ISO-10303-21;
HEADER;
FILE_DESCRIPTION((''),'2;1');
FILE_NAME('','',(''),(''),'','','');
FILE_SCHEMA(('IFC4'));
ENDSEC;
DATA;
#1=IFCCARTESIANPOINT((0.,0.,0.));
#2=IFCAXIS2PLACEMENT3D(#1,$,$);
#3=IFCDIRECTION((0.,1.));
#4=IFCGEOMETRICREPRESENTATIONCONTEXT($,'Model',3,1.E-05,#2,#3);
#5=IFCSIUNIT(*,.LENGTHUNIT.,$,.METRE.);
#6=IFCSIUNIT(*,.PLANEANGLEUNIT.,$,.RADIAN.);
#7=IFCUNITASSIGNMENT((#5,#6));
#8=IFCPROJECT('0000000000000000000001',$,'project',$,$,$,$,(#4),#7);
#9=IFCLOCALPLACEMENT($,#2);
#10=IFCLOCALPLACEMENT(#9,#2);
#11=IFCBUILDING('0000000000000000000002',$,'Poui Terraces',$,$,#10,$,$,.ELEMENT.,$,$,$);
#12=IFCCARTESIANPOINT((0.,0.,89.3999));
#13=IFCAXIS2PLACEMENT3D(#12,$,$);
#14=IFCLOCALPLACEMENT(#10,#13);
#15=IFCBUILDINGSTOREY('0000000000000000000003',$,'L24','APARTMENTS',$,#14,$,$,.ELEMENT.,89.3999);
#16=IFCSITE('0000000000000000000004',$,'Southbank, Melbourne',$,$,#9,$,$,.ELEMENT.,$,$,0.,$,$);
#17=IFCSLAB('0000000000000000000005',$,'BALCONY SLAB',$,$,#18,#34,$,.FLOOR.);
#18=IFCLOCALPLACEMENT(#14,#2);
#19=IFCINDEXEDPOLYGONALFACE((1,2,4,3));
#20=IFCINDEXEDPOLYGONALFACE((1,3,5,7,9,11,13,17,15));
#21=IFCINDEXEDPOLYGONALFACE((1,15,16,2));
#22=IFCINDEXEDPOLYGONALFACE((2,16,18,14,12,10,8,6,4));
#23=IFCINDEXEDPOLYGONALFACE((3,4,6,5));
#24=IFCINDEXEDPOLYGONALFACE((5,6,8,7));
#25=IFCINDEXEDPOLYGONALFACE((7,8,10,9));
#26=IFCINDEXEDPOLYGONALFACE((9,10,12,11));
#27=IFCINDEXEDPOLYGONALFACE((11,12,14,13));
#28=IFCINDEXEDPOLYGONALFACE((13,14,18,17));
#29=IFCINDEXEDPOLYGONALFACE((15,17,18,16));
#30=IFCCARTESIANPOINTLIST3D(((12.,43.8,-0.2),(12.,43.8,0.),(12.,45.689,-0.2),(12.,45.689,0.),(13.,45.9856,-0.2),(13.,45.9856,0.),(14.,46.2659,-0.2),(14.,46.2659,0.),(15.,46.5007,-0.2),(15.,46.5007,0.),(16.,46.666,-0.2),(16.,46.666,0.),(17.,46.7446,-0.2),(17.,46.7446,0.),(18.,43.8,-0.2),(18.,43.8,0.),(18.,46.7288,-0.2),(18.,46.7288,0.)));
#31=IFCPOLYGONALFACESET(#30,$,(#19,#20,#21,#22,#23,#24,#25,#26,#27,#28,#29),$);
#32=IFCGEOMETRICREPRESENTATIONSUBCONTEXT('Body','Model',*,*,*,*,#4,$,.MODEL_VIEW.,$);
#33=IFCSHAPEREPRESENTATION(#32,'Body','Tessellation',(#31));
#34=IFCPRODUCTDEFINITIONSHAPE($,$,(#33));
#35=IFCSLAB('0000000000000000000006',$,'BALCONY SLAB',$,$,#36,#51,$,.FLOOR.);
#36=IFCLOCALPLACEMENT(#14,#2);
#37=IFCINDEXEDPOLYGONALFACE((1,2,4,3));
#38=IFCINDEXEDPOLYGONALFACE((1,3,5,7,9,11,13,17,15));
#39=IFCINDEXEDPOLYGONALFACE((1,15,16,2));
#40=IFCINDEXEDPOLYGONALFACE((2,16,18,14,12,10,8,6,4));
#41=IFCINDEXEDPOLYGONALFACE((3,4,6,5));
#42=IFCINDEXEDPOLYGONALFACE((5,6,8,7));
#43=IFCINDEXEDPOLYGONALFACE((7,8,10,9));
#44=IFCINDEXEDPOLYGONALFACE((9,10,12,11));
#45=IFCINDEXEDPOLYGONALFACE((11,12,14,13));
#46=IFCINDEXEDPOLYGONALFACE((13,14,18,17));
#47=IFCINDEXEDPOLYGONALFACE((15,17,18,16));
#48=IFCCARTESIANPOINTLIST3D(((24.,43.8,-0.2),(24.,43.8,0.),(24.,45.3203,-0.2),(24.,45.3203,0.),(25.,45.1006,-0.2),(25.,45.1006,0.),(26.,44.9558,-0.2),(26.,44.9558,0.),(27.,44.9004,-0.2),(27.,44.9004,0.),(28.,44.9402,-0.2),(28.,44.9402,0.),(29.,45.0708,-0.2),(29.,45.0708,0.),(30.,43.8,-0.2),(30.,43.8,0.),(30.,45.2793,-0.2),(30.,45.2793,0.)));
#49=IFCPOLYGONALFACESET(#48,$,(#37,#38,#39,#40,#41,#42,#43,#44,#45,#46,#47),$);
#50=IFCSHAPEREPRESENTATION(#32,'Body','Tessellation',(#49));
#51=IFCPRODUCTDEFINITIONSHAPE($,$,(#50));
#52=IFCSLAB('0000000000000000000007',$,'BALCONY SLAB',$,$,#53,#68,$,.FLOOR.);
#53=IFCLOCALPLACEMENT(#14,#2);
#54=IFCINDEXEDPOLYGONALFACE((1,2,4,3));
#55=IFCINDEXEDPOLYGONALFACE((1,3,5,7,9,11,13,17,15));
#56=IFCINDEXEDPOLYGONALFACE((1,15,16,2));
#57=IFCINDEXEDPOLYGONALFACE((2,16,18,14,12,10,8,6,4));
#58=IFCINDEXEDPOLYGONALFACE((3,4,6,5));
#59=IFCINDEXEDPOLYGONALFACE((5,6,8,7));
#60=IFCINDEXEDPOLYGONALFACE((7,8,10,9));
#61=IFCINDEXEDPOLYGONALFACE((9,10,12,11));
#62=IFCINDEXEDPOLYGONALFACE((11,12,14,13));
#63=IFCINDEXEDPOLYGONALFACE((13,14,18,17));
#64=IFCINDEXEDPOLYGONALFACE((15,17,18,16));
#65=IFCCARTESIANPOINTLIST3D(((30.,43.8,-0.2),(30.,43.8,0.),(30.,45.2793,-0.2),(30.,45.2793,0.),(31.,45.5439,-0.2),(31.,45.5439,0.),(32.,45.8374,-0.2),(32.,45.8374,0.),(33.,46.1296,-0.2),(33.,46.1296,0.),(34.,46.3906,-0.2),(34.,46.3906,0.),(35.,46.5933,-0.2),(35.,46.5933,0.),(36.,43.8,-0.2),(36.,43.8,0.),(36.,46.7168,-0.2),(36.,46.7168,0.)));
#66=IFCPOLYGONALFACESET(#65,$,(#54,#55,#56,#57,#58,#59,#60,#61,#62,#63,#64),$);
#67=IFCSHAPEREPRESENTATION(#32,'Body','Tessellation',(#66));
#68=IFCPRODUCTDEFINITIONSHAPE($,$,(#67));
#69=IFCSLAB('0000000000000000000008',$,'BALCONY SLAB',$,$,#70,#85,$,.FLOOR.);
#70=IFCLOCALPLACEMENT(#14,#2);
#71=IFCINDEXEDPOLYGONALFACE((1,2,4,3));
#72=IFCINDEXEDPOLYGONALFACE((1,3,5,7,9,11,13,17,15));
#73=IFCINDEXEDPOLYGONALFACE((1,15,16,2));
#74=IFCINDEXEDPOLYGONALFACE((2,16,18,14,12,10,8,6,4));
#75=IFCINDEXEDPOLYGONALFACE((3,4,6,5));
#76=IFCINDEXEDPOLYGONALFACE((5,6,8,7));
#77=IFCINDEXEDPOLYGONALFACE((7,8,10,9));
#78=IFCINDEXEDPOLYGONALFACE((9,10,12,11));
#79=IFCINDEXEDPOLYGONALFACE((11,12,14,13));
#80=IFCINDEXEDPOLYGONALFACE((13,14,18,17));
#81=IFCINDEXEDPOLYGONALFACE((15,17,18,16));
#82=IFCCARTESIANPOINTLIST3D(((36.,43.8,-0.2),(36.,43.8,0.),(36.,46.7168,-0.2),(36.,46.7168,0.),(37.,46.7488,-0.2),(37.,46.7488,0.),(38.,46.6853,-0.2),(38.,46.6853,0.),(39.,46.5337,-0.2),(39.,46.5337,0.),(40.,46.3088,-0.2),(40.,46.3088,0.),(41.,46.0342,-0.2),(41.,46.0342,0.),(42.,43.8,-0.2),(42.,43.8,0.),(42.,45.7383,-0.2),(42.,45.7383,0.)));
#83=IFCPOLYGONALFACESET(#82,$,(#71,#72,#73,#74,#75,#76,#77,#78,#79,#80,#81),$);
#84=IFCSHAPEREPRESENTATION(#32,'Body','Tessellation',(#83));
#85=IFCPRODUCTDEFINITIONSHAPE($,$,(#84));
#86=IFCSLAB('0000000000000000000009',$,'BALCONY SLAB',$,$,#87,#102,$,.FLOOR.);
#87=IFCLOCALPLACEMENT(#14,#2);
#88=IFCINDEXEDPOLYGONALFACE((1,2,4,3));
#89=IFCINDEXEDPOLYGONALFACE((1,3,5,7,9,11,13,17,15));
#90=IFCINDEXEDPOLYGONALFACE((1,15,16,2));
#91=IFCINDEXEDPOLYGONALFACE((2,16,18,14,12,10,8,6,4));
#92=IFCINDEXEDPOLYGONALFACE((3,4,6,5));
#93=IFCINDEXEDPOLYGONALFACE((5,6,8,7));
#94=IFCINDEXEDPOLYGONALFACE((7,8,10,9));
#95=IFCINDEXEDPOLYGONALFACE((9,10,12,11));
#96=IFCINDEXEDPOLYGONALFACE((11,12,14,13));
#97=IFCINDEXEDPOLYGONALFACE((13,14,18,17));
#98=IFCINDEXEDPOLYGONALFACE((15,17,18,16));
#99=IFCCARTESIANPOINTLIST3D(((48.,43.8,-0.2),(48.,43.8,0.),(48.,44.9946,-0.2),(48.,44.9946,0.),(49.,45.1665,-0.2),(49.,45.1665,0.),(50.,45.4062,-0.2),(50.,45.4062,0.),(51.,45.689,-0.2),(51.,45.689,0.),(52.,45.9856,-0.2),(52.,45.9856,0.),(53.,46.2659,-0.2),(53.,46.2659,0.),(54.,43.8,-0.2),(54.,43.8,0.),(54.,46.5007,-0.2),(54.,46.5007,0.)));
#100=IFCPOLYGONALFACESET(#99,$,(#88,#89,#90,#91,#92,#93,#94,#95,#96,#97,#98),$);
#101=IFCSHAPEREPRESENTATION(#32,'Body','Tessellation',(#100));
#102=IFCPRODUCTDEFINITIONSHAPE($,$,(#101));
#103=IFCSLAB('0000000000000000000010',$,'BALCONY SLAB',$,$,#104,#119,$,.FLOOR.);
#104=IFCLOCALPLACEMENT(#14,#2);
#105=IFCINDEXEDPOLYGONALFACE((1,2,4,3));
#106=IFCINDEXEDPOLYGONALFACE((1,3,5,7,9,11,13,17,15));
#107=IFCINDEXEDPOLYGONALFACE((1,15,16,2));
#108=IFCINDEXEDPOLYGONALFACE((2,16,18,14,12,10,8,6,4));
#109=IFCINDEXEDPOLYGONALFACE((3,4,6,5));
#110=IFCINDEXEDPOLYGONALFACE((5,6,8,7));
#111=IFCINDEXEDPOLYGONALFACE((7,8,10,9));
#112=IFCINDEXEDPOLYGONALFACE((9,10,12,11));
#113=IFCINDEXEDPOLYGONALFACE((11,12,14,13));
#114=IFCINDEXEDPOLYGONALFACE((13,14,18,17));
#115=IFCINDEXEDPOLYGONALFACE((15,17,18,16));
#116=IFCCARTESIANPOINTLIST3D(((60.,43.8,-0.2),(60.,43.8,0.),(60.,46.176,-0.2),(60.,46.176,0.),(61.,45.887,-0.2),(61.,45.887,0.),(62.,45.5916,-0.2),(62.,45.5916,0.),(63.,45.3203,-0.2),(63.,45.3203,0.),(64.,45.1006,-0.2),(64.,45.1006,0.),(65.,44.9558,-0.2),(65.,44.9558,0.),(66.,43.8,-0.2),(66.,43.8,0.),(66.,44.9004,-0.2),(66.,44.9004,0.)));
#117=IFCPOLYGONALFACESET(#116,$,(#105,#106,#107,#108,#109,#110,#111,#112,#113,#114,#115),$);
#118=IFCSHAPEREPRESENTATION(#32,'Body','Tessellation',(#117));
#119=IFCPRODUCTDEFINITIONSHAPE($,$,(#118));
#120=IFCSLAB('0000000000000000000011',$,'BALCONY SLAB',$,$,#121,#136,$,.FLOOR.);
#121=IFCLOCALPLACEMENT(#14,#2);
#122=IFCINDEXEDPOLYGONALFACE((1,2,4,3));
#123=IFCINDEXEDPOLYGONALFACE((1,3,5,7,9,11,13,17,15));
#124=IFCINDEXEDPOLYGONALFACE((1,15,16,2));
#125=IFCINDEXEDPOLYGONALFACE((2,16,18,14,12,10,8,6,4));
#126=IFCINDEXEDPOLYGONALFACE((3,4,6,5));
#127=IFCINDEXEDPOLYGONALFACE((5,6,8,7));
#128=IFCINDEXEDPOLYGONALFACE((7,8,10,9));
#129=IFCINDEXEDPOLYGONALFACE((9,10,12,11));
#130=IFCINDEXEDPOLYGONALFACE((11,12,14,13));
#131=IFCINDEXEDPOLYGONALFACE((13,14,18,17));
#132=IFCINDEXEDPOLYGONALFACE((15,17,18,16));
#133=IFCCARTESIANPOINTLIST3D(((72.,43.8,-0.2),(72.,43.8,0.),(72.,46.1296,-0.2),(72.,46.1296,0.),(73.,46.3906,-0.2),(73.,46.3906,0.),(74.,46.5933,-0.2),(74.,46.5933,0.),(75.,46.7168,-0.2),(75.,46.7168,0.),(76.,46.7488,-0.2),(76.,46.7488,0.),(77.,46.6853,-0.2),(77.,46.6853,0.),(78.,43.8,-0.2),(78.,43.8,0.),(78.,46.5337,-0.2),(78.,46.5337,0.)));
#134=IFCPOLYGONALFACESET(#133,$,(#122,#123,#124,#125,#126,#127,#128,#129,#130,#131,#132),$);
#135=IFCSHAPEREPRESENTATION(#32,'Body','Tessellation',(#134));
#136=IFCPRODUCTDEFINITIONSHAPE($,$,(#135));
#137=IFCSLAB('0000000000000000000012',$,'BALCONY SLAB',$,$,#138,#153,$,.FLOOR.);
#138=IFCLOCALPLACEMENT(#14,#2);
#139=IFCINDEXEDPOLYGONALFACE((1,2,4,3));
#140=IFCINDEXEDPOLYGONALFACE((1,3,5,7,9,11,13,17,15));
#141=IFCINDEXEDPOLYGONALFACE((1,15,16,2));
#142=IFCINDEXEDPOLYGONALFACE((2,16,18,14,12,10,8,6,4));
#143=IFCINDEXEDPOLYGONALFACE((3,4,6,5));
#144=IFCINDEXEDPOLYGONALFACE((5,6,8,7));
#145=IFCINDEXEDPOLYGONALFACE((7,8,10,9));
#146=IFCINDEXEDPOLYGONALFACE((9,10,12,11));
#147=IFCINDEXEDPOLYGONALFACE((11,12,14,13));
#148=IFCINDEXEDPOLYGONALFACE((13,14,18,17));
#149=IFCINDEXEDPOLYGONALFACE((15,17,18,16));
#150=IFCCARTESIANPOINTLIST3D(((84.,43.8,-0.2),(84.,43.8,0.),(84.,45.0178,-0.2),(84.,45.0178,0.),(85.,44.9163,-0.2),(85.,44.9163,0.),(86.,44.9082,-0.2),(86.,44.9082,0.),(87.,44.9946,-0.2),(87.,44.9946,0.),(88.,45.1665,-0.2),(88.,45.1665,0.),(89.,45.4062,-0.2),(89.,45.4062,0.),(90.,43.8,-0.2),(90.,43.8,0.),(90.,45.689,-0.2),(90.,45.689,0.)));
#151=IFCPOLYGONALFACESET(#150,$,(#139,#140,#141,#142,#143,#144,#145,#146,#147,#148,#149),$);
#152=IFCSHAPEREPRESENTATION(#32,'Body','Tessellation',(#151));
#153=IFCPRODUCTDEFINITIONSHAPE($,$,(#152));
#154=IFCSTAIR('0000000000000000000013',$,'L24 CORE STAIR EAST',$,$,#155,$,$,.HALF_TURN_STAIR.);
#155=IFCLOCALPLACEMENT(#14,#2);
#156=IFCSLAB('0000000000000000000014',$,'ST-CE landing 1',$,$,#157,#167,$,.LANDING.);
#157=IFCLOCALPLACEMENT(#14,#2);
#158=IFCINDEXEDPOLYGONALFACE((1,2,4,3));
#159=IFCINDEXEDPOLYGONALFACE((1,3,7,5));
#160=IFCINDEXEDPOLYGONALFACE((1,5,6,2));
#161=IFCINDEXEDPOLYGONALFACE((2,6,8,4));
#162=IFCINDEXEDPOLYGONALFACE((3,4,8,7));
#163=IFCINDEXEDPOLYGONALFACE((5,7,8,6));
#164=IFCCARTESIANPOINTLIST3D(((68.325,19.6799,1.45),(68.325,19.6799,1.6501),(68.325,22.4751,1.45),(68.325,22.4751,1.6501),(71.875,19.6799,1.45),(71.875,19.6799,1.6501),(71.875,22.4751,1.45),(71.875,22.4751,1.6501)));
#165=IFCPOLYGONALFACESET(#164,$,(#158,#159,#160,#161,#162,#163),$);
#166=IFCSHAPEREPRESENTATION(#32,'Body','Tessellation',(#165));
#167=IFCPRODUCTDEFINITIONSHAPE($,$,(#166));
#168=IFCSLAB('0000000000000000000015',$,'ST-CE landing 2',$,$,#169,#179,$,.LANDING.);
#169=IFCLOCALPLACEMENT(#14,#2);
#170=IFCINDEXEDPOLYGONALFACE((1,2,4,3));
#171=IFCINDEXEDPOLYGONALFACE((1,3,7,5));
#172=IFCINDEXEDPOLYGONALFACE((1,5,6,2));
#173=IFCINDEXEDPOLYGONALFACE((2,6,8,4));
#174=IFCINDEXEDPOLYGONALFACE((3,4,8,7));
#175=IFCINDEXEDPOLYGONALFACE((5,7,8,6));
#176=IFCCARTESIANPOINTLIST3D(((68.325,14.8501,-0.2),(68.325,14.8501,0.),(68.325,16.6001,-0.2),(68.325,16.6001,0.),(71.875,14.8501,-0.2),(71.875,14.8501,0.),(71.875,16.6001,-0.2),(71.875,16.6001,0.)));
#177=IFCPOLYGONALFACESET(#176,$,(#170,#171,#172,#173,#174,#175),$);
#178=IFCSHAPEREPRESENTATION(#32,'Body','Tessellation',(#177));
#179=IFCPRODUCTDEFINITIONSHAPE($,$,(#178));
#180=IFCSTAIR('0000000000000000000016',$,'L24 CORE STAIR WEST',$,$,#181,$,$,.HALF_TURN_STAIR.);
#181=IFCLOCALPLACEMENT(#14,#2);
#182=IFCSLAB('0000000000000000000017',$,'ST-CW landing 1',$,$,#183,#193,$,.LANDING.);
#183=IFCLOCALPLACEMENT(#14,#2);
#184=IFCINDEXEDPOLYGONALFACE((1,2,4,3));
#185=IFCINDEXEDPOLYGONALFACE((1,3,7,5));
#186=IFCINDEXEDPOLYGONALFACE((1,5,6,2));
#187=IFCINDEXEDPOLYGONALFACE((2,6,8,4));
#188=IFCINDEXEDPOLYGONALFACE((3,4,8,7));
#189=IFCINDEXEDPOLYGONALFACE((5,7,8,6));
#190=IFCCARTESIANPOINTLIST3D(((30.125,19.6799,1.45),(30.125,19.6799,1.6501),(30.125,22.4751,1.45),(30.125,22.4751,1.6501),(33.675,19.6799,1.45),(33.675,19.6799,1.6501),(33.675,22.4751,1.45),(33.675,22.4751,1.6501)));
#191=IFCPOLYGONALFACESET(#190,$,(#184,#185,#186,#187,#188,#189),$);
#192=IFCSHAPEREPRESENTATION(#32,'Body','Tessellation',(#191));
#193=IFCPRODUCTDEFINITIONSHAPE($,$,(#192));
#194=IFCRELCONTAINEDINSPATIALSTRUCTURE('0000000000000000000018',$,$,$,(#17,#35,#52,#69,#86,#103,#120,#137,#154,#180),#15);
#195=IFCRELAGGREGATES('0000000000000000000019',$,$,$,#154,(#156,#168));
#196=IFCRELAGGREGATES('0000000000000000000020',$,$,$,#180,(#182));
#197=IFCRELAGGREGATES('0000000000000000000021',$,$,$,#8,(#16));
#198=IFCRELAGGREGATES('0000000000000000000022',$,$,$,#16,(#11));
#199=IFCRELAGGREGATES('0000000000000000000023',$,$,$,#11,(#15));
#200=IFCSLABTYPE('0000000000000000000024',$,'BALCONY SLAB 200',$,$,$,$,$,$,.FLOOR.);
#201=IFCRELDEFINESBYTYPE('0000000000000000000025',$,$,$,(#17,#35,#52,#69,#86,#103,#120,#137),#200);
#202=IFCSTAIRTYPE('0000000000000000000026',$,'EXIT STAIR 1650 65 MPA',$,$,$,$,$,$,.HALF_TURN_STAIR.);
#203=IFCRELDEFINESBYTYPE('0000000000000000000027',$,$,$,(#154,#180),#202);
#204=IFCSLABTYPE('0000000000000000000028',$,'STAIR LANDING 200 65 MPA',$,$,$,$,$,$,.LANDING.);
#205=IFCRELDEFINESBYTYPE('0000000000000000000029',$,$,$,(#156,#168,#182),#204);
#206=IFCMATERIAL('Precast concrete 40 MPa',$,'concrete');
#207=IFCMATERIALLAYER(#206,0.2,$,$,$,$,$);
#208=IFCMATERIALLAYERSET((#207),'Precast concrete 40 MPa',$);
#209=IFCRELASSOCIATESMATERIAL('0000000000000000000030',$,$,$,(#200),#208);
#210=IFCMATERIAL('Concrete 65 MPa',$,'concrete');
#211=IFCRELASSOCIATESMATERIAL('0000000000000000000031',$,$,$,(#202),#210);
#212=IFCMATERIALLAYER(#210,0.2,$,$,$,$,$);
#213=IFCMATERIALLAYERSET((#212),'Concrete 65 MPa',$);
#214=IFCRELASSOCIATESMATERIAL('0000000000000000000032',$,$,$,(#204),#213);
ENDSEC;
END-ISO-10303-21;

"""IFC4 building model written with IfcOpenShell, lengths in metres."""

from ifc_helpers import new_model, si_unit, direction, frame, origin, place, context, subcontext, project, spatial, polyline, outline, extrude, material, layer, layer_set, type_object, element, aggregate, save


model = new_model("IFC4")

# Units and contexts
model_context = context("Model", 3, precision=1e-05, world=origin(), true_north=direction((0.0, 1.0)))
body_context = subcontext(model_context, "Body", "Model", "MODEL_VIEW")
ifc_project = project(units=[si_unit("LENGTHUNIT", "METRE"), si_unit("PLANEANGLEUNIT", "RADIAN")], contexts=[model_context])

# Site, building, storey
site_placement = place(None, origin())
site = spatial("IfcSite", under=ifc_project, at=site_placement, Name="Southbank, Melbourne", CompositionType="ELEMENT", RefElevation=0.0)
building_placement = place(site_placement, origin())
building = spatial("IfcBuilding", under=site, at=building_placement, Name="Poui Terraces", CompositionType="ELEMENT")
storey_placement = place(building_placement, frame((0.0, 0.0, 89.3999)))
storey = spatial("IfcBuildingStorey", under=building, at=storey_placement, Name="L24", Description="APARTMENTS", CompositionType="ELEMENT", Elevation=89.3999)

# Slabs
ifc_material_1 = material(Name="Precast concrete 40 MPa", Category="concrete")
ifc_layer_1 = layer(ifc_material_1, 0.2)
ifc_layer_set_1 = layer_set([ifc_layer_1], Name="Precast concrete 40 MPa")
slab_type_1 = type_object("IfcSlabType", Name="BALCONY SLAB 200", PredefinedType="FLOOR", material=ifc_layer_set_1)
slab_1_placement = place(storey_placement, frame((0.0, 0.0, -0.2)))
element("IfcSlab", 1, at=slab_1_placement, inside=storey, type_object=slab_type_1, Name="BALCONY SLAB", PredefinedType="FLOOR", context=body_context, shape_type="SweptSolid", body=[
    extrude(outline(polyline([(12.0, 43.8), (18.0, 43.8), (18.0, 46.7288), (17.0, 46.7446), (16.0, 46.666), (15.0, 46.5007), (14.0, 46.2659), (13.0, 45.9856), (12.0, 45.689), (12.0, 43.8)])), origin(), (0.0, 0.0, 1.0), 0.2),
])
slab_2_placement = place(storey_placement, frame((0.0, 0.0, -0.2)))
element("IfcSlab", 2, at=slab_2_placement, inside=storey, type_object=slab_type_1, Name="BALCONY SLAB", PredefinedType="FLOOR", context=body_context, shape_type="SweptSolid", body=[
    extrude(outline(polyline([(24.0, 43.8), (30.0, 43.8), (30.0, 45.2793), (29.0, 45.0708), (28.0, 44.9402), (27.0, 44.9004), (26.0, 44.9558), (25.0, 45.1006), (24.0, 45.3203), (24.0, 43.8)])), origin(), (0.0, 0.0, 1.0), 0.2),
])
slab_3_placement = place(storey_placement, frame((0.0, 0.0, -0.2)))
element("IfcSlab", 3, at=slab_3_placement, inside=storey, type_object=slab_type_1, Name="BALCONY SLAB", PredefinedType="FLOOR", context=body_context, shape_type="SweptSolid", body=[
    extrude(outline(polyline([(30.0, 43.8), (36.0, 43.8), (36.0, 46.7168), (35.0, 46.5933), (34.0, 46.3906), (33.0, 46.1296), (32.0, 45.8374), (31.0, 45.5439), (30.0, 45.2793), (30.0, 43.8)])), origin(), (0.0, 0.0, 1.0), 0.2),
])
slab_4_placement = place(storey_placement, frame((0.0, 0.0, -0.2)))
element("IfcSlab", 4, at=slab_4_placement, inside=storey, type_object=slab_type_1, Name="BALCONY SLAB", PredefinedType="FLOOR", context=body_context, shape_type="SweptSolid", body=[
    extrude(outline(polyline([(36.0, 43.8), (42.0, 43.8), (42.0, 45.7383), (41.0, 46.0342), (40.0, 46.3088), (39.0, 46.5337), (38.0, 46.6853), (37.0, 46.7488), (36.0, 46.7168), (36.0, 43.8)])), origin(), (0.0, 0.0, 1.0), 0.2),
])
slab_5_placement = place(storey_placement, frame((0.0, 0.0, -0.2)))
element("IfcSlab", 5, at=slab_5_placement, inside=storey, type_object=slab_type_1, Name="BALCONY SLAB", PredefinedType="FLOOR", context=body_context, shape_type="SweptSolid", body=[
    extrude(outline(polyline([(48.0, 43.8), (54.0, 43.8), (54.0, 46.5007), (53.0, 46.2659), (52.0, 45.9856), (51.0, 45.689), (50.0, 45.4062), (49.0, 45.1665), (48.0, 44.9946), (48.0, 43.8)])), origin(), (0.0, 0.0, 1.0), 0.2),
])
slab_6_placement = place(storey_placement, frame((0.0, 0.0, -0.2)))
element("IfcSlab", 6, at=slab_6_placement, inside=storey, type_object=slab_type_1, Name="BALCONY SLAB", PredefinedType="FLOOR", context=body_context, shape_type="SweptSolid", body=[
    extrude(outline(polyline([(60.0, 43.8), (66.0, 43.8), (66.0, 44.9004), (65.0, 44.9558), (64.0, 45.1006), (63.0, 45.3203), (62.0, 45.5916), (61.0, 45.887), (60.0, 46.176), (60.0, 43.8)])), origin(), (0.0, 0.0, 1.0), 0.2),
])
slab_7_placement = place(storey_placement, frame((0.0, 0.0, -0.2)))
element("IfcSlab", 7, at=slab_7_placement, inside=storey, type_object=slab_type_1, Name="BALCONY SLAB", PredefinedType="FLOOR", context=body_context, shape_type="SweptSolid", body=[
    extrude(outline(polyline([(72.0, 43.8), (78.0, 43.8), (78.0, 46.5337), (77.0, 46.6853), (76.0, 46.7488), (75.0, 46.7168), (74.0, 46.5933), (73.0, 46.3906), (72.0, 46.1296), (72.0, 43.8)])), origin(), (0.0, 0.0, 1.0), 0.2),
])
slab_8_placement = place(storey_placement, frame((0.0, 0.0, -0.2)))
element("IfcSlab", 8, at=slab_8_placement, inside=storey, type_object=slab_type_1, Name="BALCONY SLAB", PredefinedType="FLOOR", context=body_context, shape_type="SweptSolid", body=[
    extrude(outline(polyline([(84.0, 43.8), (90.0, 43.8), (90.0, 45.689), (89.0, 45.4062), (88.0, 45.1665), (87.0, 44.9946), (86.0, 44.9082), (85.0, 44.9163), (84.0, 45.0178), (84.0, 43.8)])), origin(), (0.0, 0.0, 1.0), 0.2),
])

# Stairs, slabs
ifc_material_2 = material(Name="Concrete 65 MPa", Category="concrete")
stair_type = type_object("IfcStairType", Name="EXIT STAIR 1650 65 MPA", PredefinedType="HALF_TURN_STAIR", material=ifc_material_2)
stair_1_placement = place(storey_placement, origin())
stair_1 = element("IfcStair", 9, at=stair_1_placement, inside=storey, type_object=stair_type, Name="L24 CORE STAIR EAST", PredefinedType="HALF_TURN_STAIR")
ifc_layer_2 = layer(ifc_material_2, 0.2)
ifc_layer_set_2 = layer_set([ifc_layer_2], Name="Concrete 65 MPa")
slab_type_2 = type_object("IfcSlabType", Name="STAIR LANDING 200 65 MPA", PredefinedType="LANDING", material=ifc_layer_set_2)
slab_9_placement = place(storey_placement, frame((0.0, 0.0, 1.45)))
slab_9 = element("IfcSlab", 10, at=slab_9_placement, type_object=slab_type_2, Name="ST-CE landing 1", PredefinedType="LANDING", context=body_context, shape_type="SweptSolid", body=[
    extrude(outline(polyline([(68.325, 19.6799), (71.875, 19.6799), (71.875, 22.4751), (68.325, 22.4751), (68.325, 19.6799)])), origin(), (0.0, 0.0, 1.0), 0.2002),
])
slab_10_placement = place(storey_placement, frame((0.0, 0.0, -0.2)))
slab_10 = element("IfcSlab", 11, at=slab_10_placement, type_object=slab_type_2, Name="ST-CE landing 2", PredefinedType="LANDING", context=body_context, shape_type="SweptSolid", body=[
    extrude(outline(polyline([(68.325, 14.8501), (71.875, 14.8501), (71.875, 16.6001), (68.325, 16.6001), (68.325, 14.8501)])), origin(), (0.0, 0.0, 1.0), 0.2),
])
aggregate(stair_1, [slab_9, slab_10])
stair_2_placement = place(storey_placement, origin())
stair_2 = element("IfcStair", 12, at=stair_2_placement, inside=storey, type_object=stair_type, Name="L24 CORE STAIR WEST", PredefinedType="HALF_TURN_STAIR")
slab_11_placement = place(storey_placement, frame((0.0, 0.0, 1.45)))
slab_11 = element("IfcSlab", 13, at=slab_11_placement, type_object=slab_type_2, Name="ST-CW landing 1", PredefinedType="LANDING", context=body_context, shape_type="SweptSolid", body=[
    extrude(outline(polyline([(30.125, 19.6799), (33.675, 19.6799), (33.675, 22.4751), (30.125, 22.4751), (30.125, 19.6799)])), origin(), (0.0, 0.0, 1.0), 0.2002),
])
aggregate(stair_2, [slab_11])

save(model, "model.ifc")
